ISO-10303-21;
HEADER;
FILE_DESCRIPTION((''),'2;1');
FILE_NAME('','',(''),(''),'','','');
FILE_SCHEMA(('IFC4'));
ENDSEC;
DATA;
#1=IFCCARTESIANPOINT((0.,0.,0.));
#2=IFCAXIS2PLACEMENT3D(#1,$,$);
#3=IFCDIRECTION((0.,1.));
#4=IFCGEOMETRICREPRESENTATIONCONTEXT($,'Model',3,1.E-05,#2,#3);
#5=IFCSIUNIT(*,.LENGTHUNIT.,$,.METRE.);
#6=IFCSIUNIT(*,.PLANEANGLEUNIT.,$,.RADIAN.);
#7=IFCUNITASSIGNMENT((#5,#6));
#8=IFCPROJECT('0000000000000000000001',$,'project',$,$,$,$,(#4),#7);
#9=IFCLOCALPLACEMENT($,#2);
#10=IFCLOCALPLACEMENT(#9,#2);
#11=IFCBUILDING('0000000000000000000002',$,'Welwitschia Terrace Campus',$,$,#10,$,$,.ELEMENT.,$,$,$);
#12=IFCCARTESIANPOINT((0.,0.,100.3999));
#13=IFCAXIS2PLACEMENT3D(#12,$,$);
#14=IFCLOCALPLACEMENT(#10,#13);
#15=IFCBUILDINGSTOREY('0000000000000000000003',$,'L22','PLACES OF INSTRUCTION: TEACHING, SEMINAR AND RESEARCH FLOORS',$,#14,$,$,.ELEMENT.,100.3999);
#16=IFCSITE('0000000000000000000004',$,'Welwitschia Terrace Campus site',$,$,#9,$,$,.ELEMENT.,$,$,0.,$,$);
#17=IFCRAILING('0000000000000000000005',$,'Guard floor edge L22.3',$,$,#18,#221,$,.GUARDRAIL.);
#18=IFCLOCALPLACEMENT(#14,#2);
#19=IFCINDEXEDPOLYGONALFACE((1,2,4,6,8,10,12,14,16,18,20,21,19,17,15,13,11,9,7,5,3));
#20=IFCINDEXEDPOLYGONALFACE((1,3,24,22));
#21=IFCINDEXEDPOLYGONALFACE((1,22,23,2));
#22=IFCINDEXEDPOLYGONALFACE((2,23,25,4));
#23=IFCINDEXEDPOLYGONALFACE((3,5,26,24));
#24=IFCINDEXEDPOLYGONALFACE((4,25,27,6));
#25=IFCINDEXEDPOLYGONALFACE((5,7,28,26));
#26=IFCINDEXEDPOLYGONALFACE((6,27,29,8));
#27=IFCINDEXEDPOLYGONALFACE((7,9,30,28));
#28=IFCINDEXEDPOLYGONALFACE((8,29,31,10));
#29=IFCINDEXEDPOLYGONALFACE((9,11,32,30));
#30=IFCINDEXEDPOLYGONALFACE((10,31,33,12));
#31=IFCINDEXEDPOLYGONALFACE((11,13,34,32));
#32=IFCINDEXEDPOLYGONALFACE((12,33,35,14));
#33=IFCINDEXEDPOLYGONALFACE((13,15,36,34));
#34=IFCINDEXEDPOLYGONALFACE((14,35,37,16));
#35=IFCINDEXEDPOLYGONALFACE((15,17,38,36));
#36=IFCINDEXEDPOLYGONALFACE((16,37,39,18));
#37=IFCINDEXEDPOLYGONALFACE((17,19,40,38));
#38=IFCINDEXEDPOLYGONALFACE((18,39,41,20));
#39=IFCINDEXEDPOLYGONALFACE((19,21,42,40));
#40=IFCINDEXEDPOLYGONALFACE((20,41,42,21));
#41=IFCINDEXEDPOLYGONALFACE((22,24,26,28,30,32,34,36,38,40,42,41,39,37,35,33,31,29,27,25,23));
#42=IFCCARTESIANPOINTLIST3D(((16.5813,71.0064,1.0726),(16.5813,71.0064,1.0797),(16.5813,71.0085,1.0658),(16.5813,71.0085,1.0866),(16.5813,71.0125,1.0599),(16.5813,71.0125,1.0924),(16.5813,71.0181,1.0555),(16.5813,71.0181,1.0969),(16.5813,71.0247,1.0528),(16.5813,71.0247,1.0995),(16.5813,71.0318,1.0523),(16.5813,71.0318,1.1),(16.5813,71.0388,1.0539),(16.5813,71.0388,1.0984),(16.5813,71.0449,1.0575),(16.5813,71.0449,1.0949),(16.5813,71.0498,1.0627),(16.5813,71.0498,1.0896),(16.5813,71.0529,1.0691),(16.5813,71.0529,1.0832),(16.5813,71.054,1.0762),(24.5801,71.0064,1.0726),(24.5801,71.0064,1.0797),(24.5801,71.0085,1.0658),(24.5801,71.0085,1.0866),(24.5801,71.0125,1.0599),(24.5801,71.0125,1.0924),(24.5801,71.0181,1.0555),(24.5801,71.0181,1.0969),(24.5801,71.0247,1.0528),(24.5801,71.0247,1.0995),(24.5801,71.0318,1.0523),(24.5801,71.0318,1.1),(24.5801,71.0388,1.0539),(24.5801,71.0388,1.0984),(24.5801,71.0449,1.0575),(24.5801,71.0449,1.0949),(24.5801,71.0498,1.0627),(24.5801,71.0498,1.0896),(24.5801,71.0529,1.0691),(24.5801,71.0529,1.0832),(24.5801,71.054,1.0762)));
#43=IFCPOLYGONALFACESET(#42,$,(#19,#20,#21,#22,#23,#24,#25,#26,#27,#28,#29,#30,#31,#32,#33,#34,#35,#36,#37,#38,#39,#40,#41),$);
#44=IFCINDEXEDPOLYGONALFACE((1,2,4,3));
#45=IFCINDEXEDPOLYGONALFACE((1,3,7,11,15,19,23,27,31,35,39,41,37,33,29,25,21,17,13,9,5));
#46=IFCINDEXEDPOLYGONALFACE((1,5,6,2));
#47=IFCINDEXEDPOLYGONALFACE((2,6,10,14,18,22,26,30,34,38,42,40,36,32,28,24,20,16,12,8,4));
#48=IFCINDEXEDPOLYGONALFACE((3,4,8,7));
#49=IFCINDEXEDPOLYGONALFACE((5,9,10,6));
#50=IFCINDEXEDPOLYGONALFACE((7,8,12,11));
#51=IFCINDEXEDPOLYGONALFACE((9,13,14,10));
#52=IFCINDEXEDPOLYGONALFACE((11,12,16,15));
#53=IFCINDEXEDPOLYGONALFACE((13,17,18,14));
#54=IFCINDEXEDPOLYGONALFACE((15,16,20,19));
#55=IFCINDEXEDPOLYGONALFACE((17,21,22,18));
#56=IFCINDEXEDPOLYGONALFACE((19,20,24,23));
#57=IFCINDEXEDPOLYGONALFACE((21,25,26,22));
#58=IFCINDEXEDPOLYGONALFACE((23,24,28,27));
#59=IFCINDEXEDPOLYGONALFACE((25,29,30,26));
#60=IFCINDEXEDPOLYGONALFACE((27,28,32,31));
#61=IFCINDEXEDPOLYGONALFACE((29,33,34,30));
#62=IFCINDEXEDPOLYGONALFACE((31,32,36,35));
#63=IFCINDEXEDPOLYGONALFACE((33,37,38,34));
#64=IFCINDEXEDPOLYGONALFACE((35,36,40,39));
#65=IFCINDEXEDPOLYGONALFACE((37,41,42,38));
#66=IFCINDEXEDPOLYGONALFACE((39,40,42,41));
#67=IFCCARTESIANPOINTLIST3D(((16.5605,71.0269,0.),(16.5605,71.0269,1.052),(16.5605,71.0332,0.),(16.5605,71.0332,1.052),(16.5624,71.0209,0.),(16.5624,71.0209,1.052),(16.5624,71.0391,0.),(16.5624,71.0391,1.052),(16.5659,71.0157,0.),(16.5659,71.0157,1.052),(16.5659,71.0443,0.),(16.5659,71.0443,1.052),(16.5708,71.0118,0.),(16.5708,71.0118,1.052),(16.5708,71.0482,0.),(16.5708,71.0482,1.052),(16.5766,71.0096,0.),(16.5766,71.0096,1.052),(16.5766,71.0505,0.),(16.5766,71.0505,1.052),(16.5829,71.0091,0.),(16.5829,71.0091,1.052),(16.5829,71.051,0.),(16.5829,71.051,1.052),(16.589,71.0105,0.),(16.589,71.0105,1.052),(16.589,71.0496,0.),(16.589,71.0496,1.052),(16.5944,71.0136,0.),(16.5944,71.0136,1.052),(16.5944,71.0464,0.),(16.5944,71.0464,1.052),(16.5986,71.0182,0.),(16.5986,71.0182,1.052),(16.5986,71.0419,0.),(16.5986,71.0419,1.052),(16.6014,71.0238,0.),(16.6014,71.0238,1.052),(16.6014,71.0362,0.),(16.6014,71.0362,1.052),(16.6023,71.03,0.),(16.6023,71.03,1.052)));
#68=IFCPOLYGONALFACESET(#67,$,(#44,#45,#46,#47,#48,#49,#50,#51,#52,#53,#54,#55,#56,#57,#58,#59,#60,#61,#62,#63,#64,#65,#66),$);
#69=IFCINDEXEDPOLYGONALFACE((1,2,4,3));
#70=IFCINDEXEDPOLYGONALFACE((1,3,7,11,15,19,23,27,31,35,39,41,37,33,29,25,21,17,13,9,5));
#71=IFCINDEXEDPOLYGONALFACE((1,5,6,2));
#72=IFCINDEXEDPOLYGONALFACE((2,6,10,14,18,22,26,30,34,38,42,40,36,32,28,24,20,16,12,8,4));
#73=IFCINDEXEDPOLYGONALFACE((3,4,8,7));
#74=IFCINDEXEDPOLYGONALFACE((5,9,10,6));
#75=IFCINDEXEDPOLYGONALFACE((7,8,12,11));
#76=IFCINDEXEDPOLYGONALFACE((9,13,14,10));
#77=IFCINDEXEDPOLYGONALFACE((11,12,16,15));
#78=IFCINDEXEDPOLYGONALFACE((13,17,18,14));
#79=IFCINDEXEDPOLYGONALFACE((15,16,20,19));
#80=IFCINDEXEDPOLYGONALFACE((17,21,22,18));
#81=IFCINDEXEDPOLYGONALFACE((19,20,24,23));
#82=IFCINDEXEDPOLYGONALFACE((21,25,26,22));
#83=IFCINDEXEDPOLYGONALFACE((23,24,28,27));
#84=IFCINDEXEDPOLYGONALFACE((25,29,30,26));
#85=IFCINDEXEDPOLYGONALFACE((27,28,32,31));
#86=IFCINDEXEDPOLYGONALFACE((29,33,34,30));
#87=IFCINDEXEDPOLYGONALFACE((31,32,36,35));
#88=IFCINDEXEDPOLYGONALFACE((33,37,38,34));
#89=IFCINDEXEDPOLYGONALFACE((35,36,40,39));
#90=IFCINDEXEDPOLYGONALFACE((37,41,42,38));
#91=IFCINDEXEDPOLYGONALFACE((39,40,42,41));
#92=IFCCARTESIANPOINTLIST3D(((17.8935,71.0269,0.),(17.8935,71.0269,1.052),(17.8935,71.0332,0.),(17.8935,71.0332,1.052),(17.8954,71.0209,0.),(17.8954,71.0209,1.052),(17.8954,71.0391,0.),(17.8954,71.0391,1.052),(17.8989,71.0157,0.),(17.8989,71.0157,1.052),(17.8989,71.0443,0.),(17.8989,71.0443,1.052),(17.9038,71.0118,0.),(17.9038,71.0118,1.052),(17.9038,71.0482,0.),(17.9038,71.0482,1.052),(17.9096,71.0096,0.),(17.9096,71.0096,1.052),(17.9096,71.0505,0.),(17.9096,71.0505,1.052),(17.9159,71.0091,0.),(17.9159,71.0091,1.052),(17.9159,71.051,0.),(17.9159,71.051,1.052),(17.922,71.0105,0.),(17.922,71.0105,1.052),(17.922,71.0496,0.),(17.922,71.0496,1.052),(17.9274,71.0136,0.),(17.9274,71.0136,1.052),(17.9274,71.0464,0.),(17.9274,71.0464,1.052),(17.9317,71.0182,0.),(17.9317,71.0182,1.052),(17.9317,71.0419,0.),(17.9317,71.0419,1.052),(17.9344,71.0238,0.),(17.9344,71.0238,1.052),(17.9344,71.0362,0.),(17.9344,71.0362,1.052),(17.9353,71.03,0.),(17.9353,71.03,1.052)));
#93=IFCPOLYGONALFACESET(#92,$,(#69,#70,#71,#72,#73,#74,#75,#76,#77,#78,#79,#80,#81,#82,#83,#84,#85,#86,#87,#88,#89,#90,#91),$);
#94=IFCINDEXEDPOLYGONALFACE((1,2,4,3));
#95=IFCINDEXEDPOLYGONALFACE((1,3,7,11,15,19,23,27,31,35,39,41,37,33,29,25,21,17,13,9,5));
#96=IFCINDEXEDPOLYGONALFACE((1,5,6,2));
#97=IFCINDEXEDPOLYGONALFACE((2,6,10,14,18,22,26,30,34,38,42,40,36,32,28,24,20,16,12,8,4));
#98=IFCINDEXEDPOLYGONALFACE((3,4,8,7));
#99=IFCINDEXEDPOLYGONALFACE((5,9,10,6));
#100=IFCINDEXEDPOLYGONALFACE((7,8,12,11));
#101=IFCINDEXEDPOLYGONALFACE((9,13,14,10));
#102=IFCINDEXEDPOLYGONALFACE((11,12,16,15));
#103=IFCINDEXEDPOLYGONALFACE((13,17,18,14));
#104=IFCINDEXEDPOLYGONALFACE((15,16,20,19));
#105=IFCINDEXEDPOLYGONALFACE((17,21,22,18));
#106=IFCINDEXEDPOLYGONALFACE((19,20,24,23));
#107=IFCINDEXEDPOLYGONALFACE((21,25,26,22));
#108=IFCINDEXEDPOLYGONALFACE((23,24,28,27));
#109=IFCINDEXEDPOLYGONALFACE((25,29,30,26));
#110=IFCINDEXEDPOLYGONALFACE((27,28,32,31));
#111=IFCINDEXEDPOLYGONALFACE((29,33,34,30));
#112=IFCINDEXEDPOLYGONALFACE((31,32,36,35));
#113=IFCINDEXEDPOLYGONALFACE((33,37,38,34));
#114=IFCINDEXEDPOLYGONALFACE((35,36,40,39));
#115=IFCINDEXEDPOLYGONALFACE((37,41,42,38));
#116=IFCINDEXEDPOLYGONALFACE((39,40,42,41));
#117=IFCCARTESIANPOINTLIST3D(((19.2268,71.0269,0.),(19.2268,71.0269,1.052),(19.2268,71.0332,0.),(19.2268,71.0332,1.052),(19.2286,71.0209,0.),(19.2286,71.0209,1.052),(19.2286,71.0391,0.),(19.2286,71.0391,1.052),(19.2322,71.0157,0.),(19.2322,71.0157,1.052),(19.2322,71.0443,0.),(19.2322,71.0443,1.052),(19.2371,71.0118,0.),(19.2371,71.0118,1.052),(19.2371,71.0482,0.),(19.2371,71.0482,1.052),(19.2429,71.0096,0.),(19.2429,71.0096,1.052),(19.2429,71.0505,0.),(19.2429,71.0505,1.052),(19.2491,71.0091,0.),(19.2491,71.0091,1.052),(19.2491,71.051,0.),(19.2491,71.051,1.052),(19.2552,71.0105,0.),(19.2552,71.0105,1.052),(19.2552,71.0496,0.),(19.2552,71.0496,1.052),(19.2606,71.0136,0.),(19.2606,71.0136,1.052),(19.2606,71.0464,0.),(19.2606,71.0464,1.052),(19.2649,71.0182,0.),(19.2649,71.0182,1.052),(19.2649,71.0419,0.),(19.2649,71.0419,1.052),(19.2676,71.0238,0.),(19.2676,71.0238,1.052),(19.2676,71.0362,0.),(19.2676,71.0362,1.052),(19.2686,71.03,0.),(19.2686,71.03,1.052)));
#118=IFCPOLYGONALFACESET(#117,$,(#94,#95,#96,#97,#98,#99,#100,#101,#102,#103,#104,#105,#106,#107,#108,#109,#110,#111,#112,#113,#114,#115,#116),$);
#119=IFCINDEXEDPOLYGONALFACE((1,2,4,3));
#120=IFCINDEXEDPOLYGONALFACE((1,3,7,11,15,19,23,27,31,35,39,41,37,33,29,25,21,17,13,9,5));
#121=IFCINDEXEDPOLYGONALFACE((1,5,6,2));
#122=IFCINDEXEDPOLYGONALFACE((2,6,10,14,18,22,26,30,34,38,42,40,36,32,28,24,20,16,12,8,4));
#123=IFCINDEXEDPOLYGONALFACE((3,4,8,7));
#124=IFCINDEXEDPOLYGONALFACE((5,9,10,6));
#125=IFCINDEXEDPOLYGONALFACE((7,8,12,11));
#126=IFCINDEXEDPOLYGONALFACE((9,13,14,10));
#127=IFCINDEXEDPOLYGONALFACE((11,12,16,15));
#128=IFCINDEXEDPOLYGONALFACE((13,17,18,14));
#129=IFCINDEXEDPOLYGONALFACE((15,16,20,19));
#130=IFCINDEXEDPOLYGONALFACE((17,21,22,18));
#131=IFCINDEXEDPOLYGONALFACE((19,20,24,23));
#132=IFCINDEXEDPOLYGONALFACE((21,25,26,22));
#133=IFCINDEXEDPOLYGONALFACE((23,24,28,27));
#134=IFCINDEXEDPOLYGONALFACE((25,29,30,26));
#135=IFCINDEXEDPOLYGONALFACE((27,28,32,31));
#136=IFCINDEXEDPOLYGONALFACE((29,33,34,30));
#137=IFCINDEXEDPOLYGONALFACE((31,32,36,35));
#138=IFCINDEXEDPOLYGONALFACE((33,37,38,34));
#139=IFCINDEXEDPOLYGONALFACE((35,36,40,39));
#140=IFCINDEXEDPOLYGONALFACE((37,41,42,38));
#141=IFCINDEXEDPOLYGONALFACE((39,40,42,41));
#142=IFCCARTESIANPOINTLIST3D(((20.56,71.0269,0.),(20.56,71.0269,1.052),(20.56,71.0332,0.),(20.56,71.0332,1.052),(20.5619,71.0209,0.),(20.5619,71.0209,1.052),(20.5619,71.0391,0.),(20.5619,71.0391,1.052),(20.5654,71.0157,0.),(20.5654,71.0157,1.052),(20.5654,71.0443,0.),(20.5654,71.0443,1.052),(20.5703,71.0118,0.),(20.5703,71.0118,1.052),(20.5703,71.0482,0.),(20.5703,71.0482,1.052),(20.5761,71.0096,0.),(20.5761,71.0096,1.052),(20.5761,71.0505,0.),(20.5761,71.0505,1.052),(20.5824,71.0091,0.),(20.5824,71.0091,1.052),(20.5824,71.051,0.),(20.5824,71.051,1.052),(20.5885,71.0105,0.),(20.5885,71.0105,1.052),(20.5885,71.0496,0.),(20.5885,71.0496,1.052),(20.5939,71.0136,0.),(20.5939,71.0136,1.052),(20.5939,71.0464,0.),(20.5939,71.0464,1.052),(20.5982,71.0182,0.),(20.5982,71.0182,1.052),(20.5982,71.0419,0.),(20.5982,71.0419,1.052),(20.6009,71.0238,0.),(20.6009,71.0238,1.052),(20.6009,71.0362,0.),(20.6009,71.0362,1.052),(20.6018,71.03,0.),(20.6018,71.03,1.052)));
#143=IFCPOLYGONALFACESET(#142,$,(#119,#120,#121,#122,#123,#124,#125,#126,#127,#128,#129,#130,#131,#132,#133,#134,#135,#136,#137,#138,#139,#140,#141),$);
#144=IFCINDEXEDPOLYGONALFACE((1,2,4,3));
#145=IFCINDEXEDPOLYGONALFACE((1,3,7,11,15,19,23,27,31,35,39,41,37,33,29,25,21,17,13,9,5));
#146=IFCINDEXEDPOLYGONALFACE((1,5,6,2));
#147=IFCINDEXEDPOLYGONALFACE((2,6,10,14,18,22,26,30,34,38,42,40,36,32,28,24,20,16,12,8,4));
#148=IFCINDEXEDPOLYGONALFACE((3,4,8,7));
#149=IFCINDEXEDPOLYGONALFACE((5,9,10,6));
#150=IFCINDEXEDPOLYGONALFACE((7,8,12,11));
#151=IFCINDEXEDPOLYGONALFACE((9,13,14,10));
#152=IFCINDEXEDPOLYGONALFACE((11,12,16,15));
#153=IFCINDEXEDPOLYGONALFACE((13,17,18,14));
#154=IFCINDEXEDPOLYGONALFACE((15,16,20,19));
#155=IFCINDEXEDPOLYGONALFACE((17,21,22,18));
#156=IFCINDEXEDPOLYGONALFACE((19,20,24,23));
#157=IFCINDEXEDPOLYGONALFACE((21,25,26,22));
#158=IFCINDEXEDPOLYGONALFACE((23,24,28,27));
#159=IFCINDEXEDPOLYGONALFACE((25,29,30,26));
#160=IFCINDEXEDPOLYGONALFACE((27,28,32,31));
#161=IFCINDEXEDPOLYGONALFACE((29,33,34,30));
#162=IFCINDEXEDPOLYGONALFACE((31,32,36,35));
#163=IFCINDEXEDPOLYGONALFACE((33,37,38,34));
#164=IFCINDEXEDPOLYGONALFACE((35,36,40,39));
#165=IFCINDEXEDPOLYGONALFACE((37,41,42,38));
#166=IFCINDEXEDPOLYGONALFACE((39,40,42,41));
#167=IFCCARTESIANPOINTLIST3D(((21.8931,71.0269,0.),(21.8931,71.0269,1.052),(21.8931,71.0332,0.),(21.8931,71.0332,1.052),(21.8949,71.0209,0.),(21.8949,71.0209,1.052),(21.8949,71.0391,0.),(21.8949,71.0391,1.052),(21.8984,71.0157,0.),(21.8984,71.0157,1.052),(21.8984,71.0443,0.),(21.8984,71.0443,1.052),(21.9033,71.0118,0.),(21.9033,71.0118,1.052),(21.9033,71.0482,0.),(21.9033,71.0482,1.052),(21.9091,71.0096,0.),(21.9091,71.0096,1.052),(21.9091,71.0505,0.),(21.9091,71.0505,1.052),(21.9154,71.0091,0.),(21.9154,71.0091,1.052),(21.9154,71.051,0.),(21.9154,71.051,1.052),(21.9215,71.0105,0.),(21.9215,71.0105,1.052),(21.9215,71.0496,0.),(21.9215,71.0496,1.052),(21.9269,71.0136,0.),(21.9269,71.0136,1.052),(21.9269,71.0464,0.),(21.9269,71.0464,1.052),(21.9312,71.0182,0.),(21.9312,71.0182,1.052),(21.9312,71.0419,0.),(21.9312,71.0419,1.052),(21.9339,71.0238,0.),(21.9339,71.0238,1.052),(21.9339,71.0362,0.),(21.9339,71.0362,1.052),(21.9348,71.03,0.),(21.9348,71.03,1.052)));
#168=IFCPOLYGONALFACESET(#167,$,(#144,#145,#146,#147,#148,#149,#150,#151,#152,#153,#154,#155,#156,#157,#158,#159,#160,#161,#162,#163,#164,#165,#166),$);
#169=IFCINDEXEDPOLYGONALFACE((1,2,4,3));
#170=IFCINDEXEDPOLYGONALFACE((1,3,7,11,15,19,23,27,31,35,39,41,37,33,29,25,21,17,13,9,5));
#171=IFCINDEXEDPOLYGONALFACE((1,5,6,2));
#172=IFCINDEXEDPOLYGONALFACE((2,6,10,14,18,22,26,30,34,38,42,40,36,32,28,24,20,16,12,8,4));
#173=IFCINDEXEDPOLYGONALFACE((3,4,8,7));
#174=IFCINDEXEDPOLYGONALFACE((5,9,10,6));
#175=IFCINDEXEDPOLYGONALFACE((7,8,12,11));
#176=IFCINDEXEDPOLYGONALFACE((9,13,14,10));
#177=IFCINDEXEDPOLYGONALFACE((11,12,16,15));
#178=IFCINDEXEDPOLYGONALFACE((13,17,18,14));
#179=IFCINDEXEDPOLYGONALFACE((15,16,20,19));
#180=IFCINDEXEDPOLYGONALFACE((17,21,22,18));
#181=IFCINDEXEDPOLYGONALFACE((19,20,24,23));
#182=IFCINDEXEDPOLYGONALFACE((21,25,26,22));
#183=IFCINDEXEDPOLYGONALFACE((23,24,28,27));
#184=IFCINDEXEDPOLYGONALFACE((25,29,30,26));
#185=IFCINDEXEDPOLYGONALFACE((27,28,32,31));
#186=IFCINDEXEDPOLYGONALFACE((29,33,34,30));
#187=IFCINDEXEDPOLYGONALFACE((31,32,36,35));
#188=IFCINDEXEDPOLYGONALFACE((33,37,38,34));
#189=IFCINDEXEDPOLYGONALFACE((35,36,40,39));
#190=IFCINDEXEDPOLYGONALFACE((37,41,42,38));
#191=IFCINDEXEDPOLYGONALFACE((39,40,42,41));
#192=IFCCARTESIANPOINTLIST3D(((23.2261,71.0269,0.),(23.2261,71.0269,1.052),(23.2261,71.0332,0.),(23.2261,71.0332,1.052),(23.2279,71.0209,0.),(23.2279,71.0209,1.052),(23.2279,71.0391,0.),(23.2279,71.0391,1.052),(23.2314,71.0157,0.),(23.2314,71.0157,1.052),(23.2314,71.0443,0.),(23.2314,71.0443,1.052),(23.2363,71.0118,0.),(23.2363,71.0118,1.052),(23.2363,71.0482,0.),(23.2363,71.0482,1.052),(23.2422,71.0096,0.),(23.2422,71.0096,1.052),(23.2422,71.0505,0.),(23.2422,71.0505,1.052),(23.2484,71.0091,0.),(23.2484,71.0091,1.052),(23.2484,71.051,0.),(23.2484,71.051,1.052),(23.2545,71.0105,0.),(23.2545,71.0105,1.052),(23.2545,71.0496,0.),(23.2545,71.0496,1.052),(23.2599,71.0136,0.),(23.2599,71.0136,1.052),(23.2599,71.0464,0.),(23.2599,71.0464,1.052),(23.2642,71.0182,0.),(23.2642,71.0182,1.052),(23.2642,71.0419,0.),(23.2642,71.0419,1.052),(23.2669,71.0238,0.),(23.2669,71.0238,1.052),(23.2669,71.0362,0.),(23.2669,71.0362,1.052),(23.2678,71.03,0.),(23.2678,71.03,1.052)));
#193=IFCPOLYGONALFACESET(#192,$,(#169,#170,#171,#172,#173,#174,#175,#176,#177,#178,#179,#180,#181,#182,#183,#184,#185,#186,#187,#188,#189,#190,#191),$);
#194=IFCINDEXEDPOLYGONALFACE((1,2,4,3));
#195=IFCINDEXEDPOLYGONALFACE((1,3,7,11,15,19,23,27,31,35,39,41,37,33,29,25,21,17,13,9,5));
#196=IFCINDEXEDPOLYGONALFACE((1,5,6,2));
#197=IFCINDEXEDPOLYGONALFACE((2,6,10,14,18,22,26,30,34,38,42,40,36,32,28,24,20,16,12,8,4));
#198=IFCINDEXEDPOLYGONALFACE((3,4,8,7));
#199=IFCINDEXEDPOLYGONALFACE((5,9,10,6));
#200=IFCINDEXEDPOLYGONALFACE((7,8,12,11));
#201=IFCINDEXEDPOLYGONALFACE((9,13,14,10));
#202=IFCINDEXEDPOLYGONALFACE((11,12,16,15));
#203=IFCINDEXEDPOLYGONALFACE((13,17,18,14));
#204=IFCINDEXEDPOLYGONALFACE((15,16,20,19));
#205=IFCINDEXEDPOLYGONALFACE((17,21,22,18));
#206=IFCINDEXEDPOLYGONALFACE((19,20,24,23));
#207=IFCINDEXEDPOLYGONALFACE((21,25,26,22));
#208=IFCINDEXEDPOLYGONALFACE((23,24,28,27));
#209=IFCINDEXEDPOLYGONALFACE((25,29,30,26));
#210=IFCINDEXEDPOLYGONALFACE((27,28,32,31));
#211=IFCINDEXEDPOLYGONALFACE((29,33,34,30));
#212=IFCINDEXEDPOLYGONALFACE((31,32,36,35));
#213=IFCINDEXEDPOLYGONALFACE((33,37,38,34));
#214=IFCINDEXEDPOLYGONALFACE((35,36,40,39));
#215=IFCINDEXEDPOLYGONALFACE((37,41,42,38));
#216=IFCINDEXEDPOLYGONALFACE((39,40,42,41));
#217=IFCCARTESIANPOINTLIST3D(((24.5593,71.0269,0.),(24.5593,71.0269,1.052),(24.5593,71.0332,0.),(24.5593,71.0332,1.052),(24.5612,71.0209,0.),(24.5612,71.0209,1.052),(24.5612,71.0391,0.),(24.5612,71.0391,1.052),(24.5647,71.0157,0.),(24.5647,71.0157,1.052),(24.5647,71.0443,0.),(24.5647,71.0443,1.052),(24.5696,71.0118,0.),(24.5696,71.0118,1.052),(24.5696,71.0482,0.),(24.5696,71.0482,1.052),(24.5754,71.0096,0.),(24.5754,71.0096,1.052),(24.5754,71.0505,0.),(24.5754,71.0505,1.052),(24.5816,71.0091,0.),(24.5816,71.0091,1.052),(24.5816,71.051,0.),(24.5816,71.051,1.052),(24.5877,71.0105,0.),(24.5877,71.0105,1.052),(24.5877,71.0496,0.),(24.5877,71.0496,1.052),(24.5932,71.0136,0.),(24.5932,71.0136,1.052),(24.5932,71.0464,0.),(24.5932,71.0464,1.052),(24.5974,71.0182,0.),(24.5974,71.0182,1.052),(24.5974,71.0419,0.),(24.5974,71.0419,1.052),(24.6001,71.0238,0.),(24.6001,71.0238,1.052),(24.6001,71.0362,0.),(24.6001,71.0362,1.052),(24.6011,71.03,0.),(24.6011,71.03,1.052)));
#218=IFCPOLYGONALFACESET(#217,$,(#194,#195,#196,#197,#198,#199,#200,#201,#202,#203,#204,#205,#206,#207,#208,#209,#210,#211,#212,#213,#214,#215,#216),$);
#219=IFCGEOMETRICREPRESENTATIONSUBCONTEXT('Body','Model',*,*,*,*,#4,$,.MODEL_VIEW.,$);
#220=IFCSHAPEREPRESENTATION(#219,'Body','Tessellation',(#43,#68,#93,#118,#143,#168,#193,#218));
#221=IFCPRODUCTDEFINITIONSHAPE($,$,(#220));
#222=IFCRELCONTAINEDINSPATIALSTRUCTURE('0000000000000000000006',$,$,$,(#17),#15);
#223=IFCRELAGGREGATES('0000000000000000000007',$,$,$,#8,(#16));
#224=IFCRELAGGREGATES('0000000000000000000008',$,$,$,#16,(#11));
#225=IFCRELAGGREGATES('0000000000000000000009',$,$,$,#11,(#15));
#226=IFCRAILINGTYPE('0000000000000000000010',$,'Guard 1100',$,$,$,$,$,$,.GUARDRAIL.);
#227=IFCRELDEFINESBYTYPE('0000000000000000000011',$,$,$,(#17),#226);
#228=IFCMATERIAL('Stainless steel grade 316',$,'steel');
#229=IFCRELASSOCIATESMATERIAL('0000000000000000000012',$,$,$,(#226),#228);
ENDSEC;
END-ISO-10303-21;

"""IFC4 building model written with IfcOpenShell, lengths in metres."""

from ifc_helpers import new_model, si_unit, direction, frame, origin, origin_2d, place, context, subcontext, project, spatial, circle, extrude, material, type_object, element, save


model = new_model("IFC4")

# Units and contexts
model_context = context("Model", 3, precision=1e-05, world=origin(), true_north=direction((0.0, 1.0)))
body_context = subcontext(model_context, "Body", "Model", "MODEL_VIEW")
ifc_project = project(units=[si_unit("LENGTHUNIT", "METRE"), si_unit("PLANEANGLEUNIT", "RADIAN")], contexts=[model_context])

# Site, building, storey
site_placement = place(None, origin())
site = spatial("IfcSite", under=ifc_project, at=site_placement, Name="Welwitschia Terrace Campus site", CompositionType="ELEMENT", RefElevation=0.0)
building_placement = place(site_placement, origin())
building = spatial("IfcBuilding", under=site, at=building_placement, Name="Welwitschia Terrace Campus", CompositionType="ELEMENT")
storey_placement = place(building_placement, frame((0.0, 0.0, 100.3999)))
storey = spatial("IfcBuildingStorey", under=building, at=storey_placement, Name="L22", Description="PLACES OF INSTRUCTION: TEACHING, SEMINAR AND RESEARCH FLOORS", CompositionType="ELEMENT", Elevation=100.3999)

# Railing
ifc_material_1 = material(Name="Stainless steel grade 316", Category="steel")
railing_type = type_object("IfcRailingType", Name="Guard 1100", PredefinedType="GUARDRAIL", material=ifc_material_1)
railing_placement = place(storey_placement, frame((16.5813, 71.03, 0.0)))
element("IfcRailing", 1, at=railing_placement, inside=storey, type_object=railing_type, Name="Guard floor edge L22.3", PredefinedType="GUARDRAIL", context=body_context, shape_type="SweptSolid", body=[
    extrude(circle(Radius=0.0239, at=origin_2d()), frame((0.0, 0.0, 1.0762), z_axis=(1.0, 0.0, 0.0), x_axis=(0.0, 1.0, 0.0)), (0.0, 0.0, 1.0), 7.9988),
    extrude(circle(Radius=0.021, at=origin_2d()), origin(), (0.0, 0.0, 1.0), 1.052),
    extrude(circle(Radius=0.021, at=origin_2d()), frame((1.333, 0.0, 0.0)), (0.0, 0.0, 1.0), 1.052),
    extrude(circle(Radius=0.021, at=origin_2d()), frame((2.6663, 0.0, 0.0)), (0.0, 0.0, 1.0), 1.052),
    extrude(circle(Radius=0.021, at=origin_2d()), frame((3.9995, 0.0, 0.0)), (0.0, 0.0, 1.0), 1.052),
    extrude(circle(Radius=0.021, at=origin_2d()), frame((5.3325, 0.0, 0.0)), (0.0, 0.0, 1.0), 1.052),
    extrude(circle(Radius=0.021, at=origin_2d()), frame((6.6655, 0.0, 0.0)), (0.0, 0.0, 1.0), 1.052),
    extrude(circle(Radius=0.021, at=origin_2d()), frame((7.9988, 0.0, 0.0)), (0.0, 0.0, 1.0), 1.052),
])

save(model, "model.ifc")
